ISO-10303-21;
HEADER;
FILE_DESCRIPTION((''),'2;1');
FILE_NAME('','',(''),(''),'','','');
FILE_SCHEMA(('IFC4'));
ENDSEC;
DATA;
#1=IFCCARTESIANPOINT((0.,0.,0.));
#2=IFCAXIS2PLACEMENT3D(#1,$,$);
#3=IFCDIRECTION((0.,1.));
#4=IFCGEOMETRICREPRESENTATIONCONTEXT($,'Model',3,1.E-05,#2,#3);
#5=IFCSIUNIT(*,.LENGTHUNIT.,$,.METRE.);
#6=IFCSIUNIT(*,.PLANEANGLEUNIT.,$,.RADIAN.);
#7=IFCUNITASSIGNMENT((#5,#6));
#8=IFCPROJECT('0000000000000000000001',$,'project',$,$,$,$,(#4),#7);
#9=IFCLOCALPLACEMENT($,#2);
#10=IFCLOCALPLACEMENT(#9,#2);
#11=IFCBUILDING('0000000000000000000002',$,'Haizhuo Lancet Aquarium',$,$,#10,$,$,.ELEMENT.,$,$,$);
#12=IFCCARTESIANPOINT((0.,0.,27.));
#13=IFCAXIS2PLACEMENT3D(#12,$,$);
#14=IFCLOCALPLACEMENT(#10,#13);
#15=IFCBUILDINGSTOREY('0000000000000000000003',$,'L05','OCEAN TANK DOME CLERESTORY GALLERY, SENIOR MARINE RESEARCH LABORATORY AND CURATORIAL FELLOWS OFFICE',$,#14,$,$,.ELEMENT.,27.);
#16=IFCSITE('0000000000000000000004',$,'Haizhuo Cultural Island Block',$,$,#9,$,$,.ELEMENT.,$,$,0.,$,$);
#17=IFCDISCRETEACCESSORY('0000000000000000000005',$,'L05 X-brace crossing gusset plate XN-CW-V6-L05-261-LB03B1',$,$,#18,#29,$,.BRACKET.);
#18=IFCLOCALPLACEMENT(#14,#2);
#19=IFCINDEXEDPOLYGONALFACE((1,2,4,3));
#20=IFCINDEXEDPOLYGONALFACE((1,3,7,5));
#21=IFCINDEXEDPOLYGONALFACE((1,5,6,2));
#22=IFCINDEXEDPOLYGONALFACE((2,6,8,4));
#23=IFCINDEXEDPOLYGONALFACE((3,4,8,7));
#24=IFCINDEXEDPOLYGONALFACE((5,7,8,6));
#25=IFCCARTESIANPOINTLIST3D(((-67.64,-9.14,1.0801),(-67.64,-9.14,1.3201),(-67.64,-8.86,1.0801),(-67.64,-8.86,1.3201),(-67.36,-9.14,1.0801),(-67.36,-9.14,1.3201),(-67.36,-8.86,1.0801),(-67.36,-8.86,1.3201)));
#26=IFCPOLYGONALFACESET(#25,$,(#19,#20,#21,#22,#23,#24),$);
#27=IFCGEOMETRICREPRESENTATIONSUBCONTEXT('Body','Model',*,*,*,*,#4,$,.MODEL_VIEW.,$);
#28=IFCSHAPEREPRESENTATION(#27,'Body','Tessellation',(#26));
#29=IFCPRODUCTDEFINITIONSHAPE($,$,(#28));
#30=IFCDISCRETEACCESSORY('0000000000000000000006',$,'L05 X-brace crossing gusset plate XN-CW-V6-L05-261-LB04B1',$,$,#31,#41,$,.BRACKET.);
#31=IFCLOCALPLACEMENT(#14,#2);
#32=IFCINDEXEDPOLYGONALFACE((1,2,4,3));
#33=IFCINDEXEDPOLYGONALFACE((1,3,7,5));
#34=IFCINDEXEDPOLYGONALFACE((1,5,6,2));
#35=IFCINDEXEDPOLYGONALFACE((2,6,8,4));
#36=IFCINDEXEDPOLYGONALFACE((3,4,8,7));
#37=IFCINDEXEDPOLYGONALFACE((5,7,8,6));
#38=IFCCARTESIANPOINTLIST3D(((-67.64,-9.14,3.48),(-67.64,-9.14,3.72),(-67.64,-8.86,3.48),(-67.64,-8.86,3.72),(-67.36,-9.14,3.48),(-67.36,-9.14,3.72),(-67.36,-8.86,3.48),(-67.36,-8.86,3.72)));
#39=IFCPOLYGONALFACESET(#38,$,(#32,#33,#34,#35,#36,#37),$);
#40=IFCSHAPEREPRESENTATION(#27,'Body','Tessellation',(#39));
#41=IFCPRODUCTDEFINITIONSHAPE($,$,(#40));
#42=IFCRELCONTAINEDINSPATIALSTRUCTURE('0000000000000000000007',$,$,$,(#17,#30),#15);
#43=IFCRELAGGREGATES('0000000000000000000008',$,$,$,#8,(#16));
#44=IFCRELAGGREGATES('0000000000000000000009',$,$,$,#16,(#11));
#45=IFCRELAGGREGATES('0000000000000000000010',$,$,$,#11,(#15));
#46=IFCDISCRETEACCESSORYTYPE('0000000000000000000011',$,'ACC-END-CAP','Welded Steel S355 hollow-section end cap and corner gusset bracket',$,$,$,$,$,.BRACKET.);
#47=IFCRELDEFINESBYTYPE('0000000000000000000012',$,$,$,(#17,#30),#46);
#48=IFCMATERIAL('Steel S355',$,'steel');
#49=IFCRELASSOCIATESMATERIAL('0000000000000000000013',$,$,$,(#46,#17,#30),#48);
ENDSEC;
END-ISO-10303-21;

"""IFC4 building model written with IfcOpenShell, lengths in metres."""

from ifc_helpers import new_model, si_unit, direction, frame, origin, origin_2d, place, context, subcontext, project, spatial, rectangle, extrude, material, type_object, element, save


model = new_model("IFC4")

# Units and contexts
model_context = context("Model", 3, precision=1e-05, world=origin(), true_north=direction((0.0, 1.0)))
body_context = subcontext(model_context, "Body", "Model", "MODEL_VIEW")
ifc_project = project(units=[si_unit("LENGTHUNIT", "METRE"), si_unit("PLANEANGLEUNIT", "RADIAN")], contexts=[model_context])

# Site, building, storey
site_placement = place(None, origin())
site = spatial("IfcSite", under=ifc_project, at=site_placement, Name="Haizhuo Cultural Island Block", CompositionType="ELEMENT", RefElevation=0.0)
building_placement = place(site_placement, origin())
building = spatial("IfcBuilding", under=site, at=building_placement, Name="Haizhuo Lancet Aquarium", CompositionType="ELEMENT")
storey_placement = place(building_placement, frame((0.0, 0.0, 27.0)))
storey = spatial("IfcBuildingStorey", under=building, at=storey_placement, Name="L05", Description="OCEAN TANK DOME CLERESTORY GALLERY, SENIOR MARINE RESEARCH LABORATORY AND CURATORIAL FELLOWS OFFICE", CompositionType="ELEMENT", Elevation=27.0)

# Shared definitions
ifc_material_1 = material(Name="Steel S355", Category="steel")

# Discrete accessories
discrete_accessory_type = type_object("IfcDiscreteAccessoryType", Name="ACC-END-CAP", Description="Welded Steel S355 hollow-section end cap and corner gusset bracket", PredefinedType="BRACKET", material=ifc_material_1)
for number, where, z_axis, x_axis, name in (
    (1, (-67.5, -9.0, 1.0801), (0.0, 0.0, 1.0), (1.0, 0.0, 0.0), "L05 X-brace crossing gusset plate XN-CW-V6-L05-261-LB03B1"),
    (2, (-67.5, -9.0, 3.48), (0.0, 0.0, 1.0), (1.0, 0.0, 0.0), "L05 X-brace crossing gusset plate XN-CW-V6-L05-261-LB04B1"),
):
    element("IfcDiscreteAccessory", number, at=place(storey_placement, frame(where, z_axis=z_axis, x_axis=x_axis)), inside=storey, type_object=discrete_accessory_type, material=ifc_material_1, Name=name, PredefinedType="BRACKET", context=body_context, shape_type="SweptSolid", body=[
        extrude(rectangle(XDim=0.28, YDim=0.28, at=origin_2d()), origin(), (0.0, 0.0, 1.0), 0.24),
    ])

save(model, "model.ifc")
